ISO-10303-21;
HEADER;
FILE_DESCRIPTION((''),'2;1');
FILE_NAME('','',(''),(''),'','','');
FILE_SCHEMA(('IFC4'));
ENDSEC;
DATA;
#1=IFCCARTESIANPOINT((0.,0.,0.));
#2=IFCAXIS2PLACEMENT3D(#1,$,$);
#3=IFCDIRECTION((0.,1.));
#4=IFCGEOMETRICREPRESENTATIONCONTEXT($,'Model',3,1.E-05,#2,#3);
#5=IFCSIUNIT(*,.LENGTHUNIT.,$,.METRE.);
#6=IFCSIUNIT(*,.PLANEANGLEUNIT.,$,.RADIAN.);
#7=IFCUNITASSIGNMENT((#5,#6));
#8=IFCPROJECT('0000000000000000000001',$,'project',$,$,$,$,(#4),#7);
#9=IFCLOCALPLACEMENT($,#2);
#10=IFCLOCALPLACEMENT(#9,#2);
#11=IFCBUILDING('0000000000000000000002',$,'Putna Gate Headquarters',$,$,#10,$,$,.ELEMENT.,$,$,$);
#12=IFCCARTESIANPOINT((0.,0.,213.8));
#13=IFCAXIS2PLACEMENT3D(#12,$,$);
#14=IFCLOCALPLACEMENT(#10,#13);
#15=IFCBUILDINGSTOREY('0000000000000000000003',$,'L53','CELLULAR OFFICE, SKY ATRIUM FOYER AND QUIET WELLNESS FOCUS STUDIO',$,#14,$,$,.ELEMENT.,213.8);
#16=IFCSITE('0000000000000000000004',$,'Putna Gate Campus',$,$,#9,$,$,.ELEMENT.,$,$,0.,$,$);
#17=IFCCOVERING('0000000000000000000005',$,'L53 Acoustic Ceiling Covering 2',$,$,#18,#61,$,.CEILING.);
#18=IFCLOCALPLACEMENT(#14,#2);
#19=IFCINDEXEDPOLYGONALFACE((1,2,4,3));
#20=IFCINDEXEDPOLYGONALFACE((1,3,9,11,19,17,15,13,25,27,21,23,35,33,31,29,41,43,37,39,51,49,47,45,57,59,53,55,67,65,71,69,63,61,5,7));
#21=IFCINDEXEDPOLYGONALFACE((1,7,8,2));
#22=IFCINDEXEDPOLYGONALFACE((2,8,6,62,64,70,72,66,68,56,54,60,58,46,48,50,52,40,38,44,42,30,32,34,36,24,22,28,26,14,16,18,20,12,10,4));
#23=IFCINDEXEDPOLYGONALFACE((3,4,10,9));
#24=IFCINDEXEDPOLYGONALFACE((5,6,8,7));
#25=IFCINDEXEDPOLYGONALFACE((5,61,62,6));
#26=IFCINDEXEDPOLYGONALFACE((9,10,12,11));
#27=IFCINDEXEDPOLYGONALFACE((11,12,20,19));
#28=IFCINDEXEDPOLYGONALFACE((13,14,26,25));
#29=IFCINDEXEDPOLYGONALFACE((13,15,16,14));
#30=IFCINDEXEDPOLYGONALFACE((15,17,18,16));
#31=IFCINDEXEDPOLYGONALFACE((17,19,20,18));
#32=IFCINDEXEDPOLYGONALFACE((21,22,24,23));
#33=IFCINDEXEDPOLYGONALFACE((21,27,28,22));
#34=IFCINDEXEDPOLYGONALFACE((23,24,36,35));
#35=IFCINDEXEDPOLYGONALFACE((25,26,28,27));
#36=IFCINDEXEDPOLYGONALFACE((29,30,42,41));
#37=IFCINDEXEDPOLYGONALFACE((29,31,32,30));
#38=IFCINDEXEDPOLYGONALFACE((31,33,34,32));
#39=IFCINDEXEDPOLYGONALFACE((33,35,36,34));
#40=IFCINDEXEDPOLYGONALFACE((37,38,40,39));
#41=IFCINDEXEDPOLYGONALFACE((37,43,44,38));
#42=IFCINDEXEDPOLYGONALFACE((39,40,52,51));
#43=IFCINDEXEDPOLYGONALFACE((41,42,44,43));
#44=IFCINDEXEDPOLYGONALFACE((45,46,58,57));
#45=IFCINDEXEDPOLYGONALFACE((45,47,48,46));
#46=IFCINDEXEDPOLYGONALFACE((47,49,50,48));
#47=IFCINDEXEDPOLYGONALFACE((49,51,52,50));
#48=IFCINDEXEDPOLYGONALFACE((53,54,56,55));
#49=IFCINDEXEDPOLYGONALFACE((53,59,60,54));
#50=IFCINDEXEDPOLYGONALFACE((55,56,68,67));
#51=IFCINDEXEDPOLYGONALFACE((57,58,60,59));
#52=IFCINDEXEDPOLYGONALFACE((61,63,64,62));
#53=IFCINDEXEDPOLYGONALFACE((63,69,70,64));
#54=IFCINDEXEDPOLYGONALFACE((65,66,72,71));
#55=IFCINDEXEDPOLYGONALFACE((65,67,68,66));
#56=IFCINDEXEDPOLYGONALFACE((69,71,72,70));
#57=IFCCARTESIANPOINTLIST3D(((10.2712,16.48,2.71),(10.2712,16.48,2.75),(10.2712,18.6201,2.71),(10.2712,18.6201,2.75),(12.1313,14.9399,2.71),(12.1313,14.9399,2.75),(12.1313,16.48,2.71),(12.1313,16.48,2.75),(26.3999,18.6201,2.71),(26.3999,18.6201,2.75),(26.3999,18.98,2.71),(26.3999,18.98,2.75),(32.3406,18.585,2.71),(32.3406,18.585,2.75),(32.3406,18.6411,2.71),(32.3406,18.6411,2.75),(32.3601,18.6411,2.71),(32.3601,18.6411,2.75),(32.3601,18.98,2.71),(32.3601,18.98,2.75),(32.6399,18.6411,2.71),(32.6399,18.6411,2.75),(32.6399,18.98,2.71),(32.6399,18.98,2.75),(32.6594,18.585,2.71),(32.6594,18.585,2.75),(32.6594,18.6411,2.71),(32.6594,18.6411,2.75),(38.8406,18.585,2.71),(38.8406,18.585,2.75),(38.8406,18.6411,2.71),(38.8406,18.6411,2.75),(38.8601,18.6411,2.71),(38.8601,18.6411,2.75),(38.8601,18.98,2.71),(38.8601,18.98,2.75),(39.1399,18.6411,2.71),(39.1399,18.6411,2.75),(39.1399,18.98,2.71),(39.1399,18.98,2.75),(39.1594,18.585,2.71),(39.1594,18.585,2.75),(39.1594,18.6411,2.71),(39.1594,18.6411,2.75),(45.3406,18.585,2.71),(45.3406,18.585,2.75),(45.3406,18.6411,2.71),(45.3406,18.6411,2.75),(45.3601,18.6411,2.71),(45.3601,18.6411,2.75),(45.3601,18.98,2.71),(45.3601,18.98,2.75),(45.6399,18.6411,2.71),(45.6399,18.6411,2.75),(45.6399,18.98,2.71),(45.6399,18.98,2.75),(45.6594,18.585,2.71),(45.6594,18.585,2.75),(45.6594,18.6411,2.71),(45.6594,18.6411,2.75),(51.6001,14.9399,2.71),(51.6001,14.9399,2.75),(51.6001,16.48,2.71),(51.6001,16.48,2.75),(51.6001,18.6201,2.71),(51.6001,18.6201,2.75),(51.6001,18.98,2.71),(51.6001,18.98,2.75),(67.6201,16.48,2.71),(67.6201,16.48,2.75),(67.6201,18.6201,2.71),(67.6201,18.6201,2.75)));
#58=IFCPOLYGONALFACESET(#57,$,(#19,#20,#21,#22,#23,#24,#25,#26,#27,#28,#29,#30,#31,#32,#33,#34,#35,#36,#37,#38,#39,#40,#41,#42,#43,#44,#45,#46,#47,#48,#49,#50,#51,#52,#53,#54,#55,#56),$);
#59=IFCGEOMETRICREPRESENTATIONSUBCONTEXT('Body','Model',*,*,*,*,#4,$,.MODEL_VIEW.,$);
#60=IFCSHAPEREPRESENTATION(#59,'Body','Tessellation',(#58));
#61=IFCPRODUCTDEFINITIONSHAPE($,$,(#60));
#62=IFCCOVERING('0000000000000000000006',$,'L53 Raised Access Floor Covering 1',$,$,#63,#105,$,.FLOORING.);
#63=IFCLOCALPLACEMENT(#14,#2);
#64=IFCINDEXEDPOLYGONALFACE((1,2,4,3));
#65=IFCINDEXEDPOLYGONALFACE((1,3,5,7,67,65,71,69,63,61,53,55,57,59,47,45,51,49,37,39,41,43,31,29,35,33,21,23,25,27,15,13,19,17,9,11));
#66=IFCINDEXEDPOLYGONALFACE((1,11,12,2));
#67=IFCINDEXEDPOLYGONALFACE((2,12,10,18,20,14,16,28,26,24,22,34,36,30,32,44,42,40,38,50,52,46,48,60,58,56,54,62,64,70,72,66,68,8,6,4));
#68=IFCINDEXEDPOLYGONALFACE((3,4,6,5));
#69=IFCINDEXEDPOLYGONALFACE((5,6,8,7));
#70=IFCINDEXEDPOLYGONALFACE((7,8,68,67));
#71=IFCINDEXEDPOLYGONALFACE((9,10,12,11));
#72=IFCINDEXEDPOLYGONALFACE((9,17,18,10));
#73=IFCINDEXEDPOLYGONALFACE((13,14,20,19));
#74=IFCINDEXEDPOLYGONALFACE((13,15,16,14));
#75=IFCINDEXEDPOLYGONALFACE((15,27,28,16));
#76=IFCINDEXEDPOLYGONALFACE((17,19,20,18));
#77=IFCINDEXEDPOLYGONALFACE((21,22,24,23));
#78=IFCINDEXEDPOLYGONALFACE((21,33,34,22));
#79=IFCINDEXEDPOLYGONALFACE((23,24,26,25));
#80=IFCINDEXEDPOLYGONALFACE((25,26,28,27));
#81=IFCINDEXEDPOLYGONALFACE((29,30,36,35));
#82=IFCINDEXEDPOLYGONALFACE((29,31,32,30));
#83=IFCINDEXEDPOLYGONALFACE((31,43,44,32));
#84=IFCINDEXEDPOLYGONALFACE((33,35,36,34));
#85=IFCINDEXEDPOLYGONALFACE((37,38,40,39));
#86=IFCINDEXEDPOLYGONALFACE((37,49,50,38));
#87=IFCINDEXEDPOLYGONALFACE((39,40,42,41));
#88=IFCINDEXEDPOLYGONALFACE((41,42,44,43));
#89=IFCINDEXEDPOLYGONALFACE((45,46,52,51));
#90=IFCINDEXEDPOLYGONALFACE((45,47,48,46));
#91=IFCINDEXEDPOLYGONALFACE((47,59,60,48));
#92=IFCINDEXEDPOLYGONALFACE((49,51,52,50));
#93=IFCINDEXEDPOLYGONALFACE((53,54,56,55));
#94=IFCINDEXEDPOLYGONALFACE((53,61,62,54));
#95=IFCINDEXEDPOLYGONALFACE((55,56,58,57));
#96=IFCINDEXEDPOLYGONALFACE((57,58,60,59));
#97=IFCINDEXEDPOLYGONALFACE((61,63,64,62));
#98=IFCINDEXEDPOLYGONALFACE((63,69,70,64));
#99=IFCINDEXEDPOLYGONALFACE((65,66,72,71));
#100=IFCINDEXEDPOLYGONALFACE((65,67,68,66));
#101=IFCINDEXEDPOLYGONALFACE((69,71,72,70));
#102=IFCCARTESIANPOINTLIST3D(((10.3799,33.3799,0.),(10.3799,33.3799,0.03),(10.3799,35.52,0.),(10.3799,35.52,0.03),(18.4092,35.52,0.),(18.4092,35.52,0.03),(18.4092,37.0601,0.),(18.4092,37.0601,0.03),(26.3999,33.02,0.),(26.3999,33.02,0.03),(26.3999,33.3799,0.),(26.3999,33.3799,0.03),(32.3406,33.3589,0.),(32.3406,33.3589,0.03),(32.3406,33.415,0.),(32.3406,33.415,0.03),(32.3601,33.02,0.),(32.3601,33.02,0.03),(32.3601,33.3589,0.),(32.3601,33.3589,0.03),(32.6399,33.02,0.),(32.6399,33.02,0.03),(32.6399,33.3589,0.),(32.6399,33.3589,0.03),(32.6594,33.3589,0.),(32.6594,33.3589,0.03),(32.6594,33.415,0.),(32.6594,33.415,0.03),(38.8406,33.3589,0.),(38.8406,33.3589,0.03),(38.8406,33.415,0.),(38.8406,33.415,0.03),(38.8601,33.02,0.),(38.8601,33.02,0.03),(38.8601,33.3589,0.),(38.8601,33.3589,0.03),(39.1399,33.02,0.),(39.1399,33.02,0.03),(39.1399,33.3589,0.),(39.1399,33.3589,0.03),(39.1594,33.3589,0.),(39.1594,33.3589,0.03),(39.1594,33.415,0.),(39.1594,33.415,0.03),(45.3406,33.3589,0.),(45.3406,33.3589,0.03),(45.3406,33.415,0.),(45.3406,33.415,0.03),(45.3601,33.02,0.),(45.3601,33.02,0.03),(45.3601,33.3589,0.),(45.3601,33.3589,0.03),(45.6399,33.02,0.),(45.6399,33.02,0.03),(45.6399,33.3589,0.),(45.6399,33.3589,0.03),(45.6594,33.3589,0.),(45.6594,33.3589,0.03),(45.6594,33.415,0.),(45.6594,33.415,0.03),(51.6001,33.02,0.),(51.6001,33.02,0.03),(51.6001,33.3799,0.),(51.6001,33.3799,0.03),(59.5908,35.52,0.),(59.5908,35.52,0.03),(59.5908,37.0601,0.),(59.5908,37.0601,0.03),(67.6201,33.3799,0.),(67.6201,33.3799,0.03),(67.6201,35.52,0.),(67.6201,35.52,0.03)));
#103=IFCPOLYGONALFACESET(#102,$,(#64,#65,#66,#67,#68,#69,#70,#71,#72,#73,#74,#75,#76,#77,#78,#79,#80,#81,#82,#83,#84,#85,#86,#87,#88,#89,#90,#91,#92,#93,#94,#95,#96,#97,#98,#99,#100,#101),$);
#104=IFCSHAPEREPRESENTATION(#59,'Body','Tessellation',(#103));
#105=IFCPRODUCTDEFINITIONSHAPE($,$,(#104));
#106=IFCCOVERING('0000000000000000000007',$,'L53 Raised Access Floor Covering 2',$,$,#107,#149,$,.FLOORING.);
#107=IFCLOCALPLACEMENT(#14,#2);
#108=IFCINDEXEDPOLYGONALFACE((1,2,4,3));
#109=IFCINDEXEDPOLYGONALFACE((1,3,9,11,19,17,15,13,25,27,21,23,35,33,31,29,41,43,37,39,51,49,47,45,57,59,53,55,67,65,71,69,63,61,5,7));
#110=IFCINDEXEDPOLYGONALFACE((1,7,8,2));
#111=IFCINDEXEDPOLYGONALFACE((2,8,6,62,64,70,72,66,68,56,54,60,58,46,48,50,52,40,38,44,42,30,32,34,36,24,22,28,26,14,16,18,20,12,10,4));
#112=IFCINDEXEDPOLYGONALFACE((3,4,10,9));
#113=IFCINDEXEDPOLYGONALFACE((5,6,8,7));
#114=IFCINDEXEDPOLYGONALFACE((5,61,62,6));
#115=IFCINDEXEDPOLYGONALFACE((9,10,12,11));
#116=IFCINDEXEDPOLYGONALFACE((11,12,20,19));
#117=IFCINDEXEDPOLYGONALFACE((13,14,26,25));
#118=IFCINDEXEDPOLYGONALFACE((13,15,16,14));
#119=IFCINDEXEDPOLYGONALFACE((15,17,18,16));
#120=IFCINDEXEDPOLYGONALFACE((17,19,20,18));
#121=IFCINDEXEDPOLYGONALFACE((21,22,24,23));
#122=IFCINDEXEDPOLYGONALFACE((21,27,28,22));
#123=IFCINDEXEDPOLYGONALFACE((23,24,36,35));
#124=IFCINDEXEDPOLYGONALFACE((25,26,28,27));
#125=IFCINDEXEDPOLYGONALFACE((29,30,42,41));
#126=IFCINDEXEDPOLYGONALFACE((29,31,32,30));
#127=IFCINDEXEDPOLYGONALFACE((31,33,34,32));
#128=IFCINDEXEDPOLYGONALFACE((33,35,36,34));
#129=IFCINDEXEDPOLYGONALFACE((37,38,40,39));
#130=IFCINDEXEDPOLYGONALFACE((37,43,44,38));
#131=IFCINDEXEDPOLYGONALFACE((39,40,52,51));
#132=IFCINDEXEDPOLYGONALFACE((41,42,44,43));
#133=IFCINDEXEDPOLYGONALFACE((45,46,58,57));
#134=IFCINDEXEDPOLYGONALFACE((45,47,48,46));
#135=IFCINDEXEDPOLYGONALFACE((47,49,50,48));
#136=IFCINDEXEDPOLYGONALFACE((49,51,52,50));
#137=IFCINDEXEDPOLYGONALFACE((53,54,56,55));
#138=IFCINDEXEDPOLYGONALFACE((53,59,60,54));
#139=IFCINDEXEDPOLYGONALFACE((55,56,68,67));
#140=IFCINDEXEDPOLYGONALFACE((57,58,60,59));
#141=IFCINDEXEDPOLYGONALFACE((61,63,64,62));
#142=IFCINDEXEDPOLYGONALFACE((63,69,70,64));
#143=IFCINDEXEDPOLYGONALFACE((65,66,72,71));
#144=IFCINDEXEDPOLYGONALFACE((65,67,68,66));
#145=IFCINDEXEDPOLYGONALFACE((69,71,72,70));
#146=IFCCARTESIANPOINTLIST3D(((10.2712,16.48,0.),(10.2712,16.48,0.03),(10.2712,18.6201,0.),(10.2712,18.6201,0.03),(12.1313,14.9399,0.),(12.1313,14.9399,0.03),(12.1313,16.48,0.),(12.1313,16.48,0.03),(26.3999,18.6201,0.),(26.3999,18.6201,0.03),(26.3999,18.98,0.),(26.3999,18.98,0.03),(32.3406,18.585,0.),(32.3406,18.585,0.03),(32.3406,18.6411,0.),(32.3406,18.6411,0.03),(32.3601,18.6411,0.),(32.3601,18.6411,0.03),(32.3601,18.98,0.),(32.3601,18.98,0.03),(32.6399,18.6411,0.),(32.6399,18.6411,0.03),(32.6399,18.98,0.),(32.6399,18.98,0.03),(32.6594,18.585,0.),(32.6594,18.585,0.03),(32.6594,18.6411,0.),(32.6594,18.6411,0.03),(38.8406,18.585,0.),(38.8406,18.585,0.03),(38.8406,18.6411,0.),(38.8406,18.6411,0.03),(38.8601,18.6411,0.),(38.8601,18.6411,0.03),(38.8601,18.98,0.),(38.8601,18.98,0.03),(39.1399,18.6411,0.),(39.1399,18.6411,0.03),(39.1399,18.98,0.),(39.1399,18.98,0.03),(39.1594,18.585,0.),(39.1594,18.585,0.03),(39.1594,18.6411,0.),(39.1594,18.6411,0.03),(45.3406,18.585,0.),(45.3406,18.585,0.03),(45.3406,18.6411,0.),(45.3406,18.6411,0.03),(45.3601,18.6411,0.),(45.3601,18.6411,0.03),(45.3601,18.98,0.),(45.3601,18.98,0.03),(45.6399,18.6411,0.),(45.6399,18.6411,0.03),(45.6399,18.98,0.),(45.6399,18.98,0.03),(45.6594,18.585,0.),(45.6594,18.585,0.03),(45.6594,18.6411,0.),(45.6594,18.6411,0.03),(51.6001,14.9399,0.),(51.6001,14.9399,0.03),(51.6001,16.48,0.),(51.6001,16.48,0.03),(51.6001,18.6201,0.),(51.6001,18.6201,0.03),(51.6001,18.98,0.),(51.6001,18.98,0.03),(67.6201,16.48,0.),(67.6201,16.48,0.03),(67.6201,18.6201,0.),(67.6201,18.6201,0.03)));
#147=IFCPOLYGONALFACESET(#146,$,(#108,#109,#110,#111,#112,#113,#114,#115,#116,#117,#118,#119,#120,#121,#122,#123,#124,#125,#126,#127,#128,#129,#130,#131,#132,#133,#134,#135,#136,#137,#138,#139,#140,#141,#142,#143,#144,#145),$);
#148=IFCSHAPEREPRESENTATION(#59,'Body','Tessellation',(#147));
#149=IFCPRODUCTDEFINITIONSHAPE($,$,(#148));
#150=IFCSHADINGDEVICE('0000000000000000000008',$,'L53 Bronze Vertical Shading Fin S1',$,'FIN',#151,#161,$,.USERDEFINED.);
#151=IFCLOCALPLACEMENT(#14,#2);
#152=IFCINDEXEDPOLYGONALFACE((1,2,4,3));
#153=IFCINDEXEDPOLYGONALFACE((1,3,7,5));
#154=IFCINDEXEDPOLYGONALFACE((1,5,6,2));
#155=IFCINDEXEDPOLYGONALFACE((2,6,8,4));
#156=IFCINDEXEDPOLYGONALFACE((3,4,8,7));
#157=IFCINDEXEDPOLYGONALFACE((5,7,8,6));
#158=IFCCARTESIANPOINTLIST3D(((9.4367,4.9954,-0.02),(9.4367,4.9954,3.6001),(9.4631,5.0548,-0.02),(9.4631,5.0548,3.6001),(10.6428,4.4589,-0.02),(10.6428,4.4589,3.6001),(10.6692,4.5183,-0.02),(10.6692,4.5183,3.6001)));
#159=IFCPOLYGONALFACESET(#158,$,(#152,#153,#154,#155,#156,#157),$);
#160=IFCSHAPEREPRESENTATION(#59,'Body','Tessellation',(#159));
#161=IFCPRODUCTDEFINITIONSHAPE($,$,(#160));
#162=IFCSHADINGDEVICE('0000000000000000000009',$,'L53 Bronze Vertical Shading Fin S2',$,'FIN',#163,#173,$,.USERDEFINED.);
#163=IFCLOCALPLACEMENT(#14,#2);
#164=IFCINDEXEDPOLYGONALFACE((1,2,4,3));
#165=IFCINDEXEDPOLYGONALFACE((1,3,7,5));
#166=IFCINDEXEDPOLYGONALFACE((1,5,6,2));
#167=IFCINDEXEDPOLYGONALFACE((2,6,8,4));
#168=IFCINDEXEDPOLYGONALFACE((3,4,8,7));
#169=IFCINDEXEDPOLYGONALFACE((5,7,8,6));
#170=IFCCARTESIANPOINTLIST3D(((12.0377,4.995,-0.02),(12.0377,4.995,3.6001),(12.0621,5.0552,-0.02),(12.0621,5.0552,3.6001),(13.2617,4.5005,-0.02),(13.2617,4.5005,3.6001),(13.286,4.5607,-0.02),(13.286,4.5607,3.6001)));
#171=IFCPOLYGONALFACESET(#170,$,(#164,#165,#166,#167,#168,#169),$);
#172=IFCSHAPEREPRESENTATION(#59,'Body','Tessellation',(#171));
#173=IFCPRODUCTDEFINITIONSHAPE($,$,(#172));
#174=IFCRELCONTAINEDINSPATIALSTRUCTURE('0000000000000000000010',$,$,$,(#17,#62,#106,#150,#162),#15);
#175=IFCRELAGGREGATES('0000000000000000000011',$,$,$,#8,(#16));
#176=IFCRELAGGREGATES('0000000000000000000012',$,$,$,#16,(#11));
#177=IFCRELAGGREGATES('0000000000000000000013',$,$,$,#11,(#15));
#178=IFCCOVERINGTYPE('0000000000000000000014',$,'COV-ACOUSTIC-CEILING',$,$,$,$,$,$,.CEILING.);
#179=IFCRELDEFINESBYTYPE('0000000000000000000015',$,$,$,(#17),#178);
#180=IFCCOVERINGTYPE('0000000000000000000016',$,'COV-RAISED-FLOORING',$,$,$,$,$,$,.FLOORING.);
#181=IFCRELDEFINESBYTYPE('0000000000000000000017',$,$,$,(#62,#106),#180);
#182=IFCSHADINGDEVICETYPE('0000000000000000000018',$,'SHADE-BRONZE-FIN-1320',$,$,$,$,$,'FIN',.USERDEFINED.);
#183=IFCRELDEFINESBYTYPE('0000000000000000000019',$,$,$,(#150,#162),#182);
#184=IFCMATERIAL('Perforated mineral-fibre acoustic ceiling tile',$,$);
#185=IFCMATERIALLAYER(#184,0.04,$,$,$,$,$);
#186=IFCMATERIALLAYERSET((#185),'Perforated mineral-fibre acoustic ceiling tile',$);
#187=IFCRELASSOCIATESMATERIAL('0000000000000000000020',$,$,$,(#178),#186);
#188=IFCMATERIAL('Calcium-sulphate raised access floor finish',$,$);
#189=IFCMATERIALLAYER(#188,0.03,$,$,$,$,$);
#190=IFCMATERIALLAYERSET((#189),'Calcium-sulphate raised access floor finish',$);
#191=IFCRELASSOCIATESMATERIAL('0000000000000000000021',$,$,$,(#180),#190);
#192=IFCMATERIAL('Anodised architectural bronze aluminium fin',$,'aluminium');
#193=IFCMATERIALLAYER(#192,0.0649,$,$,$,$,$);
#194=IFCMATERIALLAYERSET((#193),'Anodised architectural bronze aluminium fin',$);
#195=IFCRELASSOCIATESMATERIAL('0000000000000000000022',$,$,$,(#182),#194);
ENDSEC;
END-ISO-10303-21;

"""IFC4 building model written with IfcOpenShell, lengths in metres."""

from ifc_helpers import new_model, si_unit, direction, frame, origin, origin_2d, place, context, subcontext, project, spatial, polyline, rectangle, outline, extrude, material, layer, layer_set, type_object, element, save


model = new_model("IFC4")

# Units and contexts
model_context = context("Model", 3, precision=1e-05, world=origin(), true_north=direction((0.0, 1.0)))
body_context = subcontext(model_context, "Body", "Model", "MODEL_VIEW")
ifc_project = project(units=[si_unit("LENGTHUNIT", "METRE"), si_unit("PLANEANGLEUNIT", "RADIAN")], contexts=[model_context])

# Site, building, storey
site_placement = place(None, origin())
site = spatial("IfcSite", under=ifc_project, at=site_placement, Name="Putna Gate Campus", CompositionType="ELEMENT", RefElevation=0.0)
building_placement = place(site_placement, origin())
building = spatial("IfcBuilding", under=site, at=building_placement, Name="Putna Gate Headquarters", CompositionType="ELEMENT")
storey_placement = place(building_placement, frame((0.0, 0.0, 213.8)))
storey = spatial("IfcBuildingStorey", under=building, at=storey_placement, Name="L53", Description="CELLULAR OFFICE, SKY ATRIUM FOYER AND QUIET WELLNESS FOCUS STUDIO", CompositionType="ELEMENT", Elevation=213.8)

# Coverings
ifc_material_1 = material(Name="Perforated mineral-fibre acoustic ceiling tile")
ifc_layer_1 = layer(ifc_material_1, 0.04)
ifc_layer_set_1 = layer_set([ifc_layer_1], Name="Perforated mineral-fibre acoustic ceiling tile")
covering_type_1 = type_object("IfcCoveringType", Name="COV-ACOUSTIC-CEILING", PredefinedType="CEILING", material=ifc_layer_set_1)
covering_1_placement = place(storey_placement, frame((0.0, 0.0, 2.71)))
element("IfcCovering", 1, at=covering_1_placement, inside=storey, type_object=covering_type_1, Name="L53 Acoustic Ceiling Covering 2", PredefinedType="CEILING", context=body_context, shape_type="SweptSolid", body=[
    extrude(outline(polyline([(12.1313, 16.48), (12.1313, 14.9399), (51.6001, 14.9399), (51.6001, 16.48), (67.6201, 16.48), (67.6201, 18.6201), (51.6001, 18.6201), (51.6001, 18.98), (45.6399, 18.98), (45.6399, 18.6411), (45.6594, 18.6411), (45.6594, 18.585), (45.3406, 18.585), (45.3406, 18.6411), (45.3601, 18.6411), (45.3601, 18.98), (39.1399, 18.98), (39.1399, 18.6411), (39.1594, 18.6411), (39.1594, 18.585), (38.8406, 18.585), (38.8406, 18.6411), (38.8601, 18.6411), (38.8601, 18.98), (32.6399, 18.98), (32.6399, 18.6411), (32.6594, 18.6411), (32.6594, 18.585), (32.3406, 18.585), (32.3406, 18.6411), (32.3601, 18.6411), (32.3601, 18.98), (26.3999, 18.98), (26.3999, 18.6201), (10.2712, 18.6201), (10.2712, 16.48), (12.1313, 16.48)])), origin(), (0.0, 0.0, 1.0), 0.04),
])
ifc_material_2 = material(Name="Calcium-sulphate raised access floor finish")
ifc_layer_2 = layer(ifc_material_2, 0.03)
ifc_layer_set_2 = layer_set([ifc_layer_2], Name="Calcium-sulphate raised access floor finish")
covering_type_2 = type_object("IfcCoveringType", Name="COV-RAISED-FLOORING", PredefinedType="FLOORING", material=ifc_layer_set_2)
covering_2_placement = place(storey_placement, origin())
element("IfcCovering", 2, at=covering_2_placement, inside=storey, type_object=covering_type_2, Name="L53 Raised Access Floor Covering 1", PredefinedType="FLOORING", context=body_context, shape_type="SweptSolid", body=[
    extrude(outline(polyline([(45.3601, 33.3589), (45.3406, 33.3589), (45.3406, 33.415), (45.6594, 33.415), (45.6594, 33.3589), (45.6399, 33.3589), (45.6399, 33.02), (51.6001, 33.02), (51.6001, 33.3799), (67.6201, 33.3799), (67.6201, 35.52), (59.5908, 35.52), (59.5908, 37.0601), (18.4092, 37.0601), (18.4092, 35.52), (10.3799, 35.52), (10.3799, 33.3799), (26.3999, 33.3799), (26.3999, 33.02), (32.3601, 33.02), (32.3601, 33.3589), (32.3406, 33.3589), (32.3406, 33.415), (32.6594, 33.415), (32.6594, 33.3589), (32.6399, 33.3589), (32.6399, 33.02), (38.8601, 33.02), (38.8601, 33.3589), (38.8406, 33.3589), (38.8406, 33.415), (39.1594, 33.415), (39.1594, 33.3589), (39.1399, 33.3589), (39.1399, 33.02), (45.3601, 33.02), (45.3601, 33.3589)])), origin(), (0.0, 0.0, 1.0), 0.03),
])
covering_3_placement = place(storey_placement, origin())
element("IfcCovering", 3, at=covering_3_placement, inside=storey, type_object=covering_type_2, Name="L53 Raised Access Floor Covering 2", PredefinedType="FLOORING", context=body_context, shape_type="SweptSolid", body=[
    extrude(outline(polyline([(12.1313, 16.48), (12.1313, 14.9399), (51.6001, 14.9399), (51.6001, 16.48), (67.6201, 16.48), (67.6201, 18.6201), (51.6001, 18.6201), (51.6001, 18.98), (45.6399, 18.98), (45.6399, 18.6411), (45.6594, 18.6411), (45.6594, 18.585), (45.3406, 18.585), (45.3406, 18.6411), (45.3601, 18.6411), (45.3601, 18.98), (39.1399, 18.98), (39.1399, 18.6411), (39.1594, 18.6411), (39.1594, 18.585), (38.8406, 18.585), (38.8406, 18.6411), (38.8601, 18.6411), (38.8601, 18.98), (32.6399, 18.98), (32.6399, 18.6411), (32.6594, 18.6411), (32.6594, 18.585), (32.3406, 18.585), (32.3406, 18.6411), (32.3601, 18.6411), (32.3601, 18.98), (26.3999, 18.98), (26.3999, 18.6201), (10.2712, 18.6201), (10.2712, 16.48), (12.1313, 16.48)])), origin(), (0.0, 0.0, 1.0), 0.03),
])

# Shading devices
ifc_material_3 = material(Name="Anodised architectural bronze aluminium fin", Category="aluminium")
ifc_layer_3 = layer(ifc_material_3, 0.0649)
ifc_layer_set_3 = layer_set([ifc_layer_3], Name="Anodised architectural bronze aluminium fin")
shading_device_type = type_object("IfcShadingDeviceType", Name="SHADE-BRONZE-FIN-1320", ElementType="FIN", PredefinedType="USERDEFINED", material=ifc_layer_set_3)
for number, where, z_axis, x_axis, name in (
    (4, (10.053, 4.7568, -0.02), (0.0, 0.0, 1.0), (0.913687, -0.406418, 0.0), "L53 Bronze Vertical Shading Fin S1"),
    (5, (12.6619, 4.7778, -0.02), (0.0, 0.0, 1.0), (0.927184, -0.374607, 0.0), "L53 Bronze Vertical Shading Fin S2"),
):
    element("IfcShadingDevice", number, at=place(storey_placement, frame(where, z_axis=z_axis, x_axis=x_axis)), inside=storey, type_object=shading_device_type, Name=name, ObjectType="FIN", PredefinedType="USERDEFINED", context=body_context, shape_type="SweptSolid", body=[
        extrude(rectangle(XDim=1.3201, YDim=0.0649, at=origin_2d()), origin(), (0.0, 0.0, 1.0), 3.6201),
    ])

save(model, "model.ifc")
